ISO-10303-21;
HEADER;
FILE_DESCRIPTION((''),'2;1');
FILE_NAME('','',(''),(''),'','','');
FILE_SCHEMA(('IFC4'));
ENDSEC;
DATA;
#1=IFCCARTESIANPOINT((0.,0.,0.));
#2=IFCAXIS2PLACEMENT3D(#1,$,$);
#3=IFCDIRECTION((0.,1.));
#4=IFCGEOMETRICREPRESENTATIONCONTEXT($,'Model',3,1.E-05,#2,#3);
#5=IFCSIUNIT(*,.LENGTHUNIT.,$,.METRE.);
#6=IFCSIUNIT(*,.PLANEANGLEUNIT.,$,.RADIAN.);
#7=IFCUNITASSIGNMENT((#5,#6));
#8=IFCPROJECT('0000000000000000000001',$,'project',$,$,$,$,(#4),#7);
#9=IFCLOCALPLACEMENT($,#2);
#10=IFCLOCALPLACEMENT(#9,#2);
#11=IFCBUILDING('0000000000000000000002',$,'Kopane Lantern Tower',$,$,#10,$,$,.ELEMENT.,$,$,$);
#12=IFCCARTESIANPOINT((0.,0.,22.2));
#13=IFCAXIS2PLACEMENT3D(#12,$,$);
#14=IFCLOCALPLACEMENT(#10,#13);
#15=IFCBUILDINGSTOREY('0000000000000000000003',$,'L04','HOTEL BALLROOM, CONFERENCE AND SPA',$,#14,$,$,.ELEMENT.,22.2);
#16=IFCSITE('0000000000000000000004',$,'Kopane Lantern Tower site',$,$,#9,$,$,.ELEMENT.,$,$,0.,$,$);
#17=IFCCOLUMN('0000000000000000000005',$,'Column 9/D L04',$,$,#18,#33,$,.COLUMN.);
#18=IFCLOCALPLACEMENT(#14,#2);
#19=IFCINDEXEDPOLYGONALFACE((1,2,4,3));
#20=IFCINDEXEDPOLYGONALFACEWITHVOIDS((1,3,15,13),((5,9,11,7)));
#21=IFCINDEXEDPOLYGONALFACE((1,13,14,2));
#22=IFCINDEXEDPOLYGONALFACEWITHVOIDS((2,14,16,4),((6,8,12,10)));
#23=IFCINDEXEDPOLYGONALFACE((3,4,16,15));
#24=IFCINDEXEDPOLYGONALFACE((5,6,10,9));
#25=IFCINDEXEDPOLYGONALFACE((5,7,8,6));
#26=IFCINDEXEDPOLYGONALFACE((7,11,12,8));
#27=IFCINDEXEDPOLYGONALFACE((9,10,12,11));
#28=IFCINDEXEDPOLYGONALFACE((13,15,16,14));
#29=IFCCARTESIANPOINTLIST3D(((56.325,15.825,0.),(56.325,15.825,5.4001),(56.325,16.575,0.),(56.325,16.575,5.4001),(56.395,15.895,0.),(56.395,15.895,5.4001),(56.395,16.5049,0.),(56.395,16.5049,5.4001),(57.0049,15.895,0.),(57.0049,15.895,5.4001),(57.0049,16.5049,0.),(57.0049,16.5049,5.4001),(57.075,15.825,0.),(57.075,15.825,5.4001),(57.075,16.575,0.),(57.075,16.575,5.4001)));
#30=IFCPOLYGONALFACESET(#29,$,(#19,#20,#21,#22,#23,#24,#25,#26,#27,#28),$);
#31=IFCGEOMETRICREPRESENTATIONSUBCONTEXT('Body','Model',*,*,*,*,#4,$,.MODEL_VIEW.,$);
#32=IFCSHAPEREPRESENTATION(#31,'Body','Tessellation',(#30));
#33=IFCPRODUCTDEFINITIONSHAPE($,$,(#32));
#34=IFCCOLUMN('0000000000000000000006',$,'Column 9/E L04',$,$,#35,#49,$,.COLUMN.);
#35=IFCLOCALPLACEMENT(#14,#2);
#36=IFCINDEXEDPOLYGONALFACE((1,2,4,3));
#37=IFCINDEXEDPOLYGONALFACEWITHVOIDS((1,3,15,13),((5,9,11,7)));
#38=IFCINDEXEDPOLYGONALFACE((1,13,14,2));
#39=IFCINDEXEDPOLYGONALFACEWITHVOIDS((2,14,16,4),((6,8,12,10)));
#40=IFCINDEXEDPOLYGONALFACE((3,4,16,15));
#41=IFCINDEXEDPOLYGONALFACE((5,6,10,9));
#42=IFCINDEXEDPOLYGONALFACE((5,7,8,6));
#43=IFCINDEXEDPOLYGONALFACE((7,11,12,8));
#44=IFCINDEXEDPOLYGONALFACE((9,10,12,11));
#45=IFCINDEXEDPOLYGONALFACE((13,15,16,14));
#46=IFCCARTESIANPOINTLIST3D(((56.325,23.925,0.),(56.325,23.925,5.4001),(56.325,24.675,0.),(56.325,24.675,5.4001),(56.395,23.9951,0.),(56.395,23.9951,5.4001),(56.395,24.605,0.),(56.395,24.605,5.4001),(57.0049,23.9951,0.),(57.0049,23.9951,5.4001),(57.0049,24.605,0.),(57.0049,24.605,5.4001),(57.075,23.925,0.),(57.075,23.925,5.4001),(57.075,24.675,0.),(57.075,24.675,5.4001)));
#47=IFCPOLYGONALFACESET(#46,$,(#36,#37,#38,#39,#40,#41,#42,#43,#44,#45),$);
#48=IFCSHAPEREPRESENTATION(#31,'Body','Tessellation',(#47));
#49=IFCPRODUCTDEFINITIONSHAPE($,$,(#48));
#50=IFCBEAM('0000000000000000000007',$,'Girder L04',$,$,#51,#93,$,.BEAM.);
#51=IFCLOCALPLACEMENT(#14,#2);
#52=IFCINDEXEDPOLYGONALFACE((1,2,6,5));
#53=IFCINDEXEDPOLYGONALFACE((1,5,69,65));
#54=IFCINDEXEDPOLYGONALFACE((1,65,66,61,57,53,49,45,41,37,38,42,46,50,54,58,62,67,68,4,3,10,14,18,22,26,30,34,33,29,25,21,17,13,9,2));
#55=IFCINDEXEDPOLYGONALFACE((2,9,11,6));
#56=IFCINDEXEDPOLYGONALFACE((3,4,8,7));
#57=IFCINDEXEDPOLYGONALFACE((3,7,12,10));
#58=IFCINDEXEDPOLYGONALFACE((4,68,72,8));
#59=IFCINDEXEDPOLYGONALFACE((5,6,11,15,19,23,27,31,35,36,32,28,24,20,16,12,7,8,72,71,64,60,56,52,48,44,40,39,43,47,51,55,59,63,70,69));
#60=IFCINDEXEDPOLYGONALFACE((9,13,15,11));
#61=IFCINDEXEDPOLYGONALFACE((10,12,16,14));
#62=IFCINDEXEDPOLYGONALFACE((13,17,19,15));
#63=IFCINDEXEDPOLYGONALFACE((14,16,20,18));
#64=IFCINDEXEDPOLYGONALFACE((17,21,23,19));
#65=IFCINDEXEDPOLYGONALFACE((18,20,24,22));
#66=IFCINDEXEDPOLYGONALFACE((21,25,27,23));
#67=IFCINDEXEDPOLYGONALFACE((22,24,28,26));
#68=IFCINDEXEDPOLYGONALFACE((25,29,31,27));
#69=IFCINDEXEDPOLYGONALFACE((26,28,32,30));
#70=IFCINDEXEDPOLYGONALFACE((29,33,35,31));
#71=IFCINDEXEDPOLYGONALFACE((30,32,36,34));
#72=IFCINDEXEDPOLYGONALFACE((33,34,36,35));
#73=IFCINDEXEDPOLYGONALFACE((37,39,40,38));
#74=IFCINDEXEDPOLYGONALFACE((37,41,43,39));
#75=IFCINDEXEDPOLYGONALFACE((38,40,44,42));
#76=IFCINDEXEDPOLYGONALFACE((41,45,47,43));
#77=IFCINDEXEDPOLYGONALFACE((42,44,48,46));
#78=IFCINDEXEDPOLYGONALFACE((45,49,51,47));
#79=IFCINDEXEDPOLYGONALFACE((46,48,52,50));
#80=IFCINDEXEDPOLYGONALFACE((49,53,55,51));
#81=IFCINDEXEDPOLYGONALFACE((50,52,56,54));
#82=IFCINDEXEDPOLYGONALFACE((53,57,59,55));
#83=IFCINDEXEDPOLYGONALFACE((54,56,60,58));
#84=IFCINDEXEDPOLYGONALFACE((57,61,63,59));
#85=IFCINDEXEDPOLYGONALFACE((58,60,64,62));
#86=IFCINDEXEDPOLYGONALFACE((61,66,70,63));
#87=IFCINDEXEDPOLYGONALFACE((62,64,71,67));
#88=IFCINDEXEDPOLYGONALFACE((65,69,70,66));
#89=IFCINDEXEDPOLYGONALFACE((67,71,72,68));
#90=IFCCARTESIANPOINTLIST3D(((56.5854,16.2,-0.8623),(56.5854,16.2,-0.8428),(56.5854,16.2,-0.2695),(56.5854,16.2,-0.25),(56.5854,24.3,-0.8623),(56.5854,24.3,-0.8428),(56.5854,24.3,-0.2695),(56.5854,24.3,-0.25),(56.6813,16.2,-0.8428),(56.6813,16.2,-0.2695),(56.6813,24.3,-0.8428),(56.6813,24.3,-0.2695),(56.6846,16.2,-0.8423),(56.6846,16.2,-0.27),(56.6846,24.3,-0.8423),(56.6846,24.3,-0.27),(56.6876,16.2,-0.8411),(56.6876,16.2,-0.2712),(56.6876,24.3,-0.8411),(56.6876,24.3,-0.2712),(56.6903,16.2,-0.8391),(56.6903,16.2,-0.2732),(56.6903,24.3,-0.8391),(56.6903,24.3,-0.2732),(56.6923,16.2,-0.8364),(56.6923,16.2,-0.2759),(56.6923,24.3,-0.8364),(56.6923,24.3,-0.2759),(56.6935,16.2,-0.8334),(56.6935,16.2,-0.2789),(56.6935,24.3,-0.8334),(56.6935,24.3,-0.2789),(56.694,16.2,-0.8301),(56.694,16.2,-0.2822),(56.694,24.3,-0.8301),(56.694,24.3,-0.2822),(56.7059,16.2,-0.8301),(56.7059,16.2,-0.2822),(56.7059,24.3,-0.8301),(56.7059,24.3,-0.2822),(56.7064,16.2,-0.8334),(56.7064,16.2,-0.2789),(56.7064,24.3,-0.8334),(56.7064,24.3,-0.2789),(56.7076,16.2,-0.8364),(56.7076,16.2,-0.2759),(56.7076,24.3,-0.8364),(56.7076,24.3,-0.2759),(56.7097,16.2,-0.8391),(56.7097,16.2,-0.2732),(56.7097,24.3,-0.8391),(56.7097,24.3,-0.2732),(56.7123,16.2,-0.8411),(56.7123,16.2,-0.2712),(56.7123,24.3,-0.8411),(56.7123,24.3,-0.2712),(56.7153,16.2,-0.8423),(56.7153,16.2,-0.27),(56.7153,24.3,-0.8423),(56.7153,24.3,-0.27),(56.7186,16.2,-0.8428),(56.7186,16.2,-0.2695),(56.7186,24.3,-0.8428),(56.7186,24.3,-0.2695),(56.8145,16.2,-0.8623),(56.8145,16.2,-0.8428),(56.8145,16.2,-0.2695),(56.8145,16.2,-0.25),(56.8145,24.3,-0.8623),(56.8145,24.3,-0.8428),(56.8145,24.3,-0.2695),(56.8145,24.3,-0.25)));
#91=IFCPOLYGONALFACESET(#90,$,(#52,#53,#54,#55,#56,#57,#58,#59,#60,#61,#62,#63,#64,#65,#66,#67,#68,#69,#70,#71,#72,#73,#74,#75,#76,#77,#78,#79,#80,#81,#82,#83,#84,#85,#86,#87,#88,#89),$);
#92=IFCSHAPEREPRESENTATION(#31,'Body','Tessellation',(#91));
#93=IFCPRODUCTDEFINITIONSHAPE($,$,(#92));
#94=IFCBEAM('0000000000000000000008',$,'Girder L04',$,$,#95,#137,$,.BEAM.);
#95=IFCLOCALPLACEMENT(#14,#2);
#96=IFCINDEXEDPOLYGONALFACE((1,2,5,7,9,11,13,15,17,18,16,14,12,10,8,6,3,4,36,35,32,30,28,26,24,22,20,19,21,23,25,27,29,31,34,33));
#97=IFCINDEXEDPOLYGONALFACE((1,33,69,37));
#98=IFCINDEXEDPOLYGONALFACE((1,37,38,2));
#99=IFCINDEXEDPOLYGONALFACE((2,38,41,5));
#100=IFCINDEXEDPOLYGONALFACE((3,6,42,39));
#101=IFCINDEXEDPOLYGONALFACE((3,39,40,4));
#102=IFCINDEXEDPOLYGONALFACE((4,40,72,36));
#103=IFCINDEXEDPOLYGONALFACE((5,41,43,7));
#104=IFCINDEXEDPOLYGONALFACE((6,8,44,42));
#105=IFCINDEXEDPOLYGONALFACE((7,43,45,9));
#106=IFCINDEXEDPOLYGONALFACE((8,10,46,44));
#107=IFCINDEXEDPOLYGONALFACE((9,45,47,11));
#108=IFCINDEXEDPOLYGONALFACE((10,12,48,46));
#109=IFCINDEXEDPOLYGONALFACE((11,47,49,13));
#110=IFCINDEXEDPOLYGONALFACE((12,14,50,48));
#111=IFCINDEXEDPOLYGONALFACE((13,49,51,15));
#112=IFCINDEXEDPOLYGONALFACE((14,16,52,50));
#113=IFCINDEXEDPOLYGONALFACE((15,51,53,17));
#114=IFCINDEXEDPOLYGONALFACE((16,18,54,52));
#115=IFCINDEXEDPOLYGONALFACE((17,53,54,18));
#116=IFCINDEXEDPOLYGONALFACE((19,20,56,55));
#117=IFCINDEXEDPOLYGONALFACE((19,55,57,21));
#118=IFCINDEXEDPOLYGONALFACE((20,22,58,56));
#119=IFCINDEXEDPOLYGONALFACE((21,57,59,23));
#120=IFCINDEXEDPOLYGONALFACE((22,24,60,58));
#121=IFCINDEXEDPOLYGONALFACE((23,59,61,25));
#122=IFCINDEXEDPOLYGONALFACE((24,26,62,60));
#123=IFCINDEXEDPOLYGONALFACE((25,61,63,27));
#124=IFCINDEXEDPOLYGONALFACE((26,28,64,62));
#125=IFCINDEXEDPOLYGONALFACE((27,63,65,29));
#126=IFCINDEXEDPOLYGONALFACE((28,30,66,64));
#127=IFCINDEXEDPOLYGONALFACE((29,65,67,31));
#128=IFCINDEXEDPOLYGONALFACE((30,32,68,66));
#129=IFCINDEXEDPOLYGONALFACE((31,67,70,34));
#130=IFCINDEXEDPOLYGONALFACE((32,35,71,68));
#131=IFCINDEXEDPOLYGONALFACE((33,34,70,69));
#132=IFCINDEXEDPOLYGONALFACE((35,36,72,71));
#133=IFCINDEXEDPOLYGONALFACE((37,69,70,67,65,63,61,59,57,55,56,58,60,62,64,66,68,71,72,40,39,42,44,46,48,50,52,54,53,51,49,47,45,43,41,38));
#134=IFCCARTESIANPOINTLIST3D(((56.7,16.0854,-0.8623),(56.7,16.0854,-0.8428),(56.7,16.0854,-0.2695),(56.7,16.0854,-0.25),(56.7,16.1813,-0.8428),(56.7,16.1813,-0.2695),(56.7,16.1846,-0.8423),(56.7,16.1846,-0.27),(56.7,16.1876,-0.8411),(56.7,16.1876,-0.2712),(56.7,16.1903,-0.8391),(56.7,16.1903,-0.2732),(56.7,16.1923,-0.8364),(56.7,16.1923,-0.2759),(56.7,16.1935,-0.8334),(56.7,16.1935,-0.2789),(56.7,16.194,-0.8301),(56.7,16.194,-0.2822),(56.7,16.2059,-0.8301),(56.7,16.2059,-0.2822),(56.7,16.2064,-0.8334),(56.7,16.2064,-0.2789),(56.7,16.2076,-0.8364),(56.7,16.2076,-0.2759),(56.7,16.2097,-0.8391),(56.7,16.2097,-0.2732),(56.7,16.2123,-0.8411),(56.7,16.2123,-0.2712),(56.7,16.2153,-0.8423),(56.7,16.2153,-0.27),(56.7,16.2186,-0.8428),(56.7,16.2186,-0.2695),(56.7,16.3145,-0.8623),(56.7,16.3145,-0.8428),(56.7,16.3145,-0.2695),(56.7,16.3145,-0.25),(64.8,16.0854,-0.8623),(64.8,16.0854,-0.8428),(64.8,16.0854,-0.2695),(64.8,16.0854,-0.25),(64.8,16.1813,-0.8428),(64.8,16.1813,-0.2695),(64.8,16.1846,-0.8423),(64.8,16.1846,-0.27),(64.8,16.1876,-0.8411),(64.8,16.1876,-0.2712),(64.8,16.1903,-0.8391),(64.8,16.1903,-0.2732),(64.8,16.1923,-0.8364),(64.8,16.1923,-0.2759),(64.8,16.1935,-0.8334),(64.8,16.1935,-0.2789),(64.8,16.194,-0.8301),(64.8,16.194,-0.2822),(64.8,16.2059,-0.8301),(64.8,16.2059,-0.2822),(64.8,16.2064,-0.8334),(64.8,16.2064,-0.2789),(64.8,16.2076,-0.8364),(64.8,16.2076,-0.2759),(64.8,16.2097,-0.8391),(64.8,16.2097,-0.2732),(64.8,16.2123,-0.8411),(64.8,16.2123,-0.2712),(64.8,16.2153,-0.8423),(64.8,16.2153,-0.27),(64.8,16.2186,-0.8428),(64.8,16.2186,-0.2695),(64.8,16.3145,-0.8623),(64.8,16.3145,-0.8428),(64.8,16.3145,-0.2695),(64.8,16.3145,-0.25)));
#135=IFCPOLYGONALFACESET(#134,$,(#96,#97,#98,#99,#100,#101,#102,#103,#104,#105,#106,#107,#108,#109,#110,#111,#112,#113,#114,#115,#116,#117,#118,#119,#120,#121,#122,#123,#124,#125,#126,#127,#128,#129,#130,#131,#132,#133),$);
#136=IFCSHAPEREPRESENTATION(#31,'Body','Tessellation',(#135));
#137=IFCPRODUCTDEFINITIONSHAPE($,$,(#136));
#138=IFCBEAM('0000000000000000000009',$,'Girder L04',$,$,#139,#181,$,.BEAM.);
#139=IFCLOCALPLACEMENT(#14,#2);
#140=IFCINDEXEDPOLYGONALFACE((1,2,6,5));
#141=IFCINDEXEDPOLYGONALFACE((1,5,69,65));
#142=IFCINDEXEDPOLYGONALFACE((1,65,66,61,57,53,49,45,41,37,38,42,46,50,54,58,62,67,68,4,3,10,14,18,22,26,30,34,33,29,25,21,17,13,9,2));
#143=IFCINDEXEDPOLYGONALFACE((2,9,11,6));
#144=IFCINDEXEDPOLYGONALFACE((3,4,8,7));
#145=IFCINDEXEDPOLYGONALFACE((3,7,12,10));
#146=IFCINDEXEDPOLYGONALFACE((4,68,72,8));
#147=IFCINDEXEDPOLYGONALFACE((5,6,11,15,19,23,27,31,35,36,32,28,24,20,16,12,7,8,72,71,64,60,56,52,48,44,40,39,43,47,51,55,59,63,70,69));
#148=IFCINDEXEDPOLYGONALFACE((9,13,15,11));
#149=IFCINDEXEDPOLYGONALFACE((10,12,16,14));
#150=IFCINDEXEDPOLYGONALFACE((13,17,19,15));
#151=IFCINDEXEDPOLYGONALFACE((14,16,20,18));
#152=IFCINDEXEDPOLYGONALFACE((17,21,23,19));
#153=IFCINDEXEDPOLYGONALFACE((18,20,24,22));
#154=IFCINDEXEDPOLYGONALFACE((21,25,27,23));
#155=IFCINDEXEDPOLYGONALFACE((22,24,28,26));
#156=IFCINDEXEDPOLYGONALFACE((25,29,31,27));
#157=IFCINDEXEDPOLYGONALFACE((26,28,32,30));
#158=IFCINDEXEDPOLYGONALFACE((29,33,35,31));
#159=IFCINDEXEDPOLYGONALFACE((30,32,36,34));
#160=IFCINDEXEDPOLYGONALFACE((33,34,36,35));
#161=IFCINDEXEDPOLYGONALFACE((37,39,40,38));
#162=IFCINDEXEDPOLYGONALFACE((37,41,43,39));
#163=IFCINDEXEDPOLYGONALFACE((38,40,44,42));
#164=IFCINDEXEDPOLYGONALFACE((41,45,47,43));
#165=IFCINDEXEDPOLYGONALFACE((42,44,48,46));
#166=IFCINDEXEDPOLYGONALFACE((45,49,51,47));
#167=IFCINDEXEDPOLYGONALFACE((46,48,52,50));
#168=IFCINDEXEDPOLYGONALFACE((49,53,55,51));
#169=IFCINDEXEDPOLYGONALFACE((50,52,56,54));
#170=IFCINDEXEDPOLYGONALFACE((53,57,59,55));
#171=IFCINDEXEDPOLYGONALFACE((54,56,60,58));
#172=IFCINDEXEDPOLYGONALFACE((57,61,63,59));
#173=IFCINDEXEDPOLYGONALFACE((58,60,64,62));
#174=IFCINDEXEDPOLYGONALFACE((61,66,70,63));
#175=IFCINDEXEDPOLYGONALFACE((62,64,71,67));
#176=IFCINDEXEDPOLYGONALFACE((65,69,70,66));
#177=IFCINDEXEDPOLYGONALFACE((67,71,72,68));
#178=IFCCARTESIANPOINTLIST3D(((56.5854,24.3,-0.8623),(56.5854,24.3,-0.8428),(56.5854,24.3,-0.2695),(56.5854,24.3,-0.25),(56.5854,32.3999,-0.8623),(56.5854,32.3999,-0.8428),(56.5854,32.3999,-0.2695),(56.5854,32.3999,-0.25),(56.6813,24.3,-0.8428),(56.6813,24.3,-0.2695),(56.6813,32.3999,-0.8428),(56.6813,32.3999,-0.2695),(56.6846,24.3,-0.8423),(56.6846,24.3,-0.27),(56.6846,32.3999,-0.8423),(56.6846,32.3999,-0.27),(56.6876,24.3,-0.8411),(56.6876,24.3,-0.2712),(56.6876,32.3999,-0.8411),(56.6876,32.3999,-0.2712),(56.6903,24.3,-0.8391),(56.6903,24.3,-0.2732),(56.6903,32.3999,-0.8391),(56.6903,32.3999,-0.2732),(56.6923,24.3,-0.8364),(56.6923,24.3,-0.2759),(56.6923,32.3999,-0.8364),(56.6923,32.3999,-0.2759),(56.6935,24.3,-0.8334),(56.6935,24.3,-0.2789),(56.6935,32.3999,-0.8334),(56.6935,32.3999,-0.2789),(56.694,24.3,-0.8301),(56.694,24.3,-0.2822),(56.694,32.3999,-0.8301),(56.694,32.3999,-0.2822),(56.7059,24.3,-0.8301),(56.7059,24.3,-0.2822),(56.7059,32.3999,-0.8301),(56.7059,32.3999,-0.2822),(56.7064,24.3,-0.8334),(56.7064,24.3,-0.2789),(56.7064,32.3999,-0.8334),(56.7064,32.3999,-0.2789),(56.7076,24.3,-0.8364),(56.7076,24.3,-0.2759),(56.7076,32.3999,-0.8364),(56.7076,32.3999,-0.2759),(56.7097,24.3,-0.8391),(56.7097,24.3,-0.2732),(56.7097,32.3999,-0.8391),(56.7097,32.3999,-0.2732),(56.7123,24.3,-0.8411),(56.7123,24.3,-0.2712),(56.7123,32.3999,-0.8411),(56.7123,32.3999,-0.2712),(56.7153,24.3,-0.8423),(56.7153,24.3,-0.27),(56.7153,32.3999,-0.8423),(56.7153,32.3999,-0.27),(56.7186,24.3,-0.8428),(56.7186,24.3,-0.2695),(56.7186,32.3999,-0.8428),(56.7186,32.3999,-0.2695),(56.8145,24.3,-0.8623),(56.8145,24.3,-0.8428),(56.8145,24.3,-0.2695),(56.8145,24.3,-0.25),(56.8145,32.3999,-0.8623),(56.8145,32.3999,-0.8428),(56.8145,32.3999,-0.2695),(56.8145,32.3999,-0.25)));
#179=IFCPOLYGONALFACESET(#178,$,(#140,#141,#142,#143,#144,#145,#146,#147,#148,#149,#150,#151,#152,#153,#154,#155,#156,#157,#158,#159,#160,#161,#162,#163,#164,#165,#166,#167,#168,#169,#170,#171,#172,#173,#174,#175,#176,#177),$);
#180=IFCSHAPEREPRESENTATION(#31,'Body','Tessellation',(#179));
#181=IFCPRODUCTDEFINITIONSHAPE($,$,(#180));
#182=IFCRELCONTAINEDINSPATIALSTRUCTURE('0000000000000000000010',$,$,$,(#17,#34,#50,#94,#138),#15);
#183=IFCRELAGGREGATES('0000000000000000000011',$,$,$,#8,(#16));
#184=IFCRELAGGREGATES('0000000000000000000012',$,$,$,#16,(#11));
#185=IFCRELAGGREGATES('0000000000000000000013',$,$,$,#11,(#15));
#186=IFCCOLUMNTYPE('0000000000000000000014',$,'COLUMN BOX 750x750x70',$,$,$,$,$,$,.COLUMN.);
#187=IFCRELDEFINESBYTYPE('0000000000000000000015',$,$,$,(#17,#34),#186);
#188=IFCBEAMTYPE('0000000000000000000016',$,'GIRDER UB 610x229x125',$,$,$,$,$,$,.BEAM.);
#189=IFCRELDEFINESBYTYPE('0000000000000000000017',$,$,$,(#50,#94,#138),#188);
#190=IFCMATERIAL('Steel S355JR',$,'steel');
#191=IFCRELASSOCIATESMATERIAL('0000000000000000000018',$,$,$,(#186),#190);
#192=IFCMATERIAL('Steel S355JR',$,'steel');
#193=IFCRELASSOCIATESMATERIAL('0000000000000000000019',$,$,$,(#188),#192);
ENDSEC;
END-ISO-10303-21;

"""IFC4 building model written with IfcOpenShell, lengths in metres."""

from ifc_helpers import new_model, si_unit, direction, frame, origin, origin_2d, place, context, subcontext, project, spatial, hollow_rectangle, i_section, extrude, material, material_profile, profile_set, type_object, element, save


model = new_model("IFC4")

# Units and contexts
model_context = context("Model", 3, precision=1e-05, world=origin(), true_north=direction((0.0, 1.0)))
body_context = subcontext(model_context, "Body", "Model", "MODEL_VIEW")
ifc_project = project(units=[si_unit("LENGTHUNIT", "METRE"), si_unit("PLANEANGLEUNIT", "RADIAN")], contexts=[model_context])

# Site, building, storey
site_placement = place(None, origin())
site = spatial("IfcSite", under=ifc_project, at=site_placement, Name="Kopane Lantern Tower site", CompositionType="ELEMENT", RefElevation=0.0)
building_placement = place(site_placement, origin())
building = spatial("IfcBuilding", under=site, at=building_placement, Name="Kopane Lantern Tower", CompositionType="ELEMENT")
storey_placement = place(building_placement, frame((0.0, 0.0, 22.2)))
storey = spatial("IfcBuildingStorey", under=building, at=storey_placement, Name="L04", Description="HOTEL BALLROOM, CONFERENCE AND SPA", CompositionType="ELEMENT", Elevation=22.2)

# Columns
ifc_material_1 = material(Name="Steel S355JR", Category="steel")
ifc_material_profile_1 = material_profile(ifc_material_1, hollow_rectangle(XDim=0.75, YDim=0.75, WallThickness=0.0701, at=origin_2d()), Name="BOX 750x750x70")
ifc_profile_set_1 = profile_set([ifc_material_profile_1], Name="Steel S355JR")
column_type = type_object("IfcColumnType", Name="COLUMN BOX 750x750x70", PredefinedType="COLUMN", material=ifc_profile_set_1)
for number, where, z_axis, x_axis, name in (
    (1, (56.7, 16.2, 0.0), (0.0, 0.0, 1.0), (1.0, 0.0, 0.0), "Column 9/D L04"),
    (2, (56.7, 24.3, 0.0), (0.0, 0.0, 1.0), (1.0, 0.0, 0.0), "Column 9/E L04"),
):
    element("IfcColumn", number, at=place(storey_placement, frame(where, z_axis=z_axis, x_axis=x_axis)), inside=storey, type_object=column_type, Name=name, PredefinedType="COLUMN", context=body_context, shape_type="SweptSolid", body=[
        extrude(hollow_rectangle(XDim=0.75, YDim=0.75, WallThickness=0.0701, at=origin_2d()), origin(), (0.0, 0.0, 1.0), 5.4001),
    ])

# Beams
ifc_material_2 = material(Name="Steel S355JR", Category="steel")
ifc_material_profile_2 = material_profile(ifc_material_2, i_section(OverallWidth=0.229, OverallDepth=0.6123, WebThickness=0.012, FlangeThickness=0.0195, FilletRadius=0.0127, at=origin_2d()), Name="UB 610x229x125")
ifc_profile_set_2 = profile_set([ifc_material_profile_2], Name="Steel S355JR")
beam_type = type_object("IfcBeamType", Name="GIRDER UB 610x229x125", PredefinedType="BEAM", material=ifc_profile_set_2)
for number, where, z_axis, x_axis, name in (
    (3, (56.7, 16.2, -0.5562), (0.0, 1.0, 0.0), (-1.0, 0.0, 0.0), "Girder L04"),
    (4, (56.7, 16.2, -0.5562), (1.0, 0.0, 0.0), (0.0, 1.0, 0.0), "Girder L04"),
):
    element("IfcBeam", number, at=place(storey_placement, frame(where, z_axis=z_axis, x_axis=x_axis)), inside=storey, type_object=beam_type, Name=name, PredefinedType="BEAM", context=body_context, shape_type="SweptSolid", body=[
        extrude(i_section(OverallWidth=0.229, OverallDepth=0.6123, WebThickness=0.012, FlangeThickness=0.0195, FilletRadius=0.0127, at=origin_2d()), origin(), (0.0, 0.0, 1.0), 8.1001),
    ])
beam_1_placement = place(storey_placement, frame((56.7, 24.3, -0.5562), z_axis=(0.0, 1.0, 0.0), x_axis=(-1.0, 0.0, 0.0)))
element("IfcBeam", 5, at=beam_1_placement, inside=storey, type_object=beam_type, Name="Girder L04", PredefinedType="BEAM", context=body_context, shape_type="SweptSolid", body=[
    extrude(i_section(OverallWidth=0.229, OverallDepth=0.6123, WebThickness=0.012, FlangeThickness=0.0195, FilletRadius=0.0127, at=origin_2d()), origin(), (0.0, 0.0, 1.0), 8.0999),
])

save(model, "model.ifc")
